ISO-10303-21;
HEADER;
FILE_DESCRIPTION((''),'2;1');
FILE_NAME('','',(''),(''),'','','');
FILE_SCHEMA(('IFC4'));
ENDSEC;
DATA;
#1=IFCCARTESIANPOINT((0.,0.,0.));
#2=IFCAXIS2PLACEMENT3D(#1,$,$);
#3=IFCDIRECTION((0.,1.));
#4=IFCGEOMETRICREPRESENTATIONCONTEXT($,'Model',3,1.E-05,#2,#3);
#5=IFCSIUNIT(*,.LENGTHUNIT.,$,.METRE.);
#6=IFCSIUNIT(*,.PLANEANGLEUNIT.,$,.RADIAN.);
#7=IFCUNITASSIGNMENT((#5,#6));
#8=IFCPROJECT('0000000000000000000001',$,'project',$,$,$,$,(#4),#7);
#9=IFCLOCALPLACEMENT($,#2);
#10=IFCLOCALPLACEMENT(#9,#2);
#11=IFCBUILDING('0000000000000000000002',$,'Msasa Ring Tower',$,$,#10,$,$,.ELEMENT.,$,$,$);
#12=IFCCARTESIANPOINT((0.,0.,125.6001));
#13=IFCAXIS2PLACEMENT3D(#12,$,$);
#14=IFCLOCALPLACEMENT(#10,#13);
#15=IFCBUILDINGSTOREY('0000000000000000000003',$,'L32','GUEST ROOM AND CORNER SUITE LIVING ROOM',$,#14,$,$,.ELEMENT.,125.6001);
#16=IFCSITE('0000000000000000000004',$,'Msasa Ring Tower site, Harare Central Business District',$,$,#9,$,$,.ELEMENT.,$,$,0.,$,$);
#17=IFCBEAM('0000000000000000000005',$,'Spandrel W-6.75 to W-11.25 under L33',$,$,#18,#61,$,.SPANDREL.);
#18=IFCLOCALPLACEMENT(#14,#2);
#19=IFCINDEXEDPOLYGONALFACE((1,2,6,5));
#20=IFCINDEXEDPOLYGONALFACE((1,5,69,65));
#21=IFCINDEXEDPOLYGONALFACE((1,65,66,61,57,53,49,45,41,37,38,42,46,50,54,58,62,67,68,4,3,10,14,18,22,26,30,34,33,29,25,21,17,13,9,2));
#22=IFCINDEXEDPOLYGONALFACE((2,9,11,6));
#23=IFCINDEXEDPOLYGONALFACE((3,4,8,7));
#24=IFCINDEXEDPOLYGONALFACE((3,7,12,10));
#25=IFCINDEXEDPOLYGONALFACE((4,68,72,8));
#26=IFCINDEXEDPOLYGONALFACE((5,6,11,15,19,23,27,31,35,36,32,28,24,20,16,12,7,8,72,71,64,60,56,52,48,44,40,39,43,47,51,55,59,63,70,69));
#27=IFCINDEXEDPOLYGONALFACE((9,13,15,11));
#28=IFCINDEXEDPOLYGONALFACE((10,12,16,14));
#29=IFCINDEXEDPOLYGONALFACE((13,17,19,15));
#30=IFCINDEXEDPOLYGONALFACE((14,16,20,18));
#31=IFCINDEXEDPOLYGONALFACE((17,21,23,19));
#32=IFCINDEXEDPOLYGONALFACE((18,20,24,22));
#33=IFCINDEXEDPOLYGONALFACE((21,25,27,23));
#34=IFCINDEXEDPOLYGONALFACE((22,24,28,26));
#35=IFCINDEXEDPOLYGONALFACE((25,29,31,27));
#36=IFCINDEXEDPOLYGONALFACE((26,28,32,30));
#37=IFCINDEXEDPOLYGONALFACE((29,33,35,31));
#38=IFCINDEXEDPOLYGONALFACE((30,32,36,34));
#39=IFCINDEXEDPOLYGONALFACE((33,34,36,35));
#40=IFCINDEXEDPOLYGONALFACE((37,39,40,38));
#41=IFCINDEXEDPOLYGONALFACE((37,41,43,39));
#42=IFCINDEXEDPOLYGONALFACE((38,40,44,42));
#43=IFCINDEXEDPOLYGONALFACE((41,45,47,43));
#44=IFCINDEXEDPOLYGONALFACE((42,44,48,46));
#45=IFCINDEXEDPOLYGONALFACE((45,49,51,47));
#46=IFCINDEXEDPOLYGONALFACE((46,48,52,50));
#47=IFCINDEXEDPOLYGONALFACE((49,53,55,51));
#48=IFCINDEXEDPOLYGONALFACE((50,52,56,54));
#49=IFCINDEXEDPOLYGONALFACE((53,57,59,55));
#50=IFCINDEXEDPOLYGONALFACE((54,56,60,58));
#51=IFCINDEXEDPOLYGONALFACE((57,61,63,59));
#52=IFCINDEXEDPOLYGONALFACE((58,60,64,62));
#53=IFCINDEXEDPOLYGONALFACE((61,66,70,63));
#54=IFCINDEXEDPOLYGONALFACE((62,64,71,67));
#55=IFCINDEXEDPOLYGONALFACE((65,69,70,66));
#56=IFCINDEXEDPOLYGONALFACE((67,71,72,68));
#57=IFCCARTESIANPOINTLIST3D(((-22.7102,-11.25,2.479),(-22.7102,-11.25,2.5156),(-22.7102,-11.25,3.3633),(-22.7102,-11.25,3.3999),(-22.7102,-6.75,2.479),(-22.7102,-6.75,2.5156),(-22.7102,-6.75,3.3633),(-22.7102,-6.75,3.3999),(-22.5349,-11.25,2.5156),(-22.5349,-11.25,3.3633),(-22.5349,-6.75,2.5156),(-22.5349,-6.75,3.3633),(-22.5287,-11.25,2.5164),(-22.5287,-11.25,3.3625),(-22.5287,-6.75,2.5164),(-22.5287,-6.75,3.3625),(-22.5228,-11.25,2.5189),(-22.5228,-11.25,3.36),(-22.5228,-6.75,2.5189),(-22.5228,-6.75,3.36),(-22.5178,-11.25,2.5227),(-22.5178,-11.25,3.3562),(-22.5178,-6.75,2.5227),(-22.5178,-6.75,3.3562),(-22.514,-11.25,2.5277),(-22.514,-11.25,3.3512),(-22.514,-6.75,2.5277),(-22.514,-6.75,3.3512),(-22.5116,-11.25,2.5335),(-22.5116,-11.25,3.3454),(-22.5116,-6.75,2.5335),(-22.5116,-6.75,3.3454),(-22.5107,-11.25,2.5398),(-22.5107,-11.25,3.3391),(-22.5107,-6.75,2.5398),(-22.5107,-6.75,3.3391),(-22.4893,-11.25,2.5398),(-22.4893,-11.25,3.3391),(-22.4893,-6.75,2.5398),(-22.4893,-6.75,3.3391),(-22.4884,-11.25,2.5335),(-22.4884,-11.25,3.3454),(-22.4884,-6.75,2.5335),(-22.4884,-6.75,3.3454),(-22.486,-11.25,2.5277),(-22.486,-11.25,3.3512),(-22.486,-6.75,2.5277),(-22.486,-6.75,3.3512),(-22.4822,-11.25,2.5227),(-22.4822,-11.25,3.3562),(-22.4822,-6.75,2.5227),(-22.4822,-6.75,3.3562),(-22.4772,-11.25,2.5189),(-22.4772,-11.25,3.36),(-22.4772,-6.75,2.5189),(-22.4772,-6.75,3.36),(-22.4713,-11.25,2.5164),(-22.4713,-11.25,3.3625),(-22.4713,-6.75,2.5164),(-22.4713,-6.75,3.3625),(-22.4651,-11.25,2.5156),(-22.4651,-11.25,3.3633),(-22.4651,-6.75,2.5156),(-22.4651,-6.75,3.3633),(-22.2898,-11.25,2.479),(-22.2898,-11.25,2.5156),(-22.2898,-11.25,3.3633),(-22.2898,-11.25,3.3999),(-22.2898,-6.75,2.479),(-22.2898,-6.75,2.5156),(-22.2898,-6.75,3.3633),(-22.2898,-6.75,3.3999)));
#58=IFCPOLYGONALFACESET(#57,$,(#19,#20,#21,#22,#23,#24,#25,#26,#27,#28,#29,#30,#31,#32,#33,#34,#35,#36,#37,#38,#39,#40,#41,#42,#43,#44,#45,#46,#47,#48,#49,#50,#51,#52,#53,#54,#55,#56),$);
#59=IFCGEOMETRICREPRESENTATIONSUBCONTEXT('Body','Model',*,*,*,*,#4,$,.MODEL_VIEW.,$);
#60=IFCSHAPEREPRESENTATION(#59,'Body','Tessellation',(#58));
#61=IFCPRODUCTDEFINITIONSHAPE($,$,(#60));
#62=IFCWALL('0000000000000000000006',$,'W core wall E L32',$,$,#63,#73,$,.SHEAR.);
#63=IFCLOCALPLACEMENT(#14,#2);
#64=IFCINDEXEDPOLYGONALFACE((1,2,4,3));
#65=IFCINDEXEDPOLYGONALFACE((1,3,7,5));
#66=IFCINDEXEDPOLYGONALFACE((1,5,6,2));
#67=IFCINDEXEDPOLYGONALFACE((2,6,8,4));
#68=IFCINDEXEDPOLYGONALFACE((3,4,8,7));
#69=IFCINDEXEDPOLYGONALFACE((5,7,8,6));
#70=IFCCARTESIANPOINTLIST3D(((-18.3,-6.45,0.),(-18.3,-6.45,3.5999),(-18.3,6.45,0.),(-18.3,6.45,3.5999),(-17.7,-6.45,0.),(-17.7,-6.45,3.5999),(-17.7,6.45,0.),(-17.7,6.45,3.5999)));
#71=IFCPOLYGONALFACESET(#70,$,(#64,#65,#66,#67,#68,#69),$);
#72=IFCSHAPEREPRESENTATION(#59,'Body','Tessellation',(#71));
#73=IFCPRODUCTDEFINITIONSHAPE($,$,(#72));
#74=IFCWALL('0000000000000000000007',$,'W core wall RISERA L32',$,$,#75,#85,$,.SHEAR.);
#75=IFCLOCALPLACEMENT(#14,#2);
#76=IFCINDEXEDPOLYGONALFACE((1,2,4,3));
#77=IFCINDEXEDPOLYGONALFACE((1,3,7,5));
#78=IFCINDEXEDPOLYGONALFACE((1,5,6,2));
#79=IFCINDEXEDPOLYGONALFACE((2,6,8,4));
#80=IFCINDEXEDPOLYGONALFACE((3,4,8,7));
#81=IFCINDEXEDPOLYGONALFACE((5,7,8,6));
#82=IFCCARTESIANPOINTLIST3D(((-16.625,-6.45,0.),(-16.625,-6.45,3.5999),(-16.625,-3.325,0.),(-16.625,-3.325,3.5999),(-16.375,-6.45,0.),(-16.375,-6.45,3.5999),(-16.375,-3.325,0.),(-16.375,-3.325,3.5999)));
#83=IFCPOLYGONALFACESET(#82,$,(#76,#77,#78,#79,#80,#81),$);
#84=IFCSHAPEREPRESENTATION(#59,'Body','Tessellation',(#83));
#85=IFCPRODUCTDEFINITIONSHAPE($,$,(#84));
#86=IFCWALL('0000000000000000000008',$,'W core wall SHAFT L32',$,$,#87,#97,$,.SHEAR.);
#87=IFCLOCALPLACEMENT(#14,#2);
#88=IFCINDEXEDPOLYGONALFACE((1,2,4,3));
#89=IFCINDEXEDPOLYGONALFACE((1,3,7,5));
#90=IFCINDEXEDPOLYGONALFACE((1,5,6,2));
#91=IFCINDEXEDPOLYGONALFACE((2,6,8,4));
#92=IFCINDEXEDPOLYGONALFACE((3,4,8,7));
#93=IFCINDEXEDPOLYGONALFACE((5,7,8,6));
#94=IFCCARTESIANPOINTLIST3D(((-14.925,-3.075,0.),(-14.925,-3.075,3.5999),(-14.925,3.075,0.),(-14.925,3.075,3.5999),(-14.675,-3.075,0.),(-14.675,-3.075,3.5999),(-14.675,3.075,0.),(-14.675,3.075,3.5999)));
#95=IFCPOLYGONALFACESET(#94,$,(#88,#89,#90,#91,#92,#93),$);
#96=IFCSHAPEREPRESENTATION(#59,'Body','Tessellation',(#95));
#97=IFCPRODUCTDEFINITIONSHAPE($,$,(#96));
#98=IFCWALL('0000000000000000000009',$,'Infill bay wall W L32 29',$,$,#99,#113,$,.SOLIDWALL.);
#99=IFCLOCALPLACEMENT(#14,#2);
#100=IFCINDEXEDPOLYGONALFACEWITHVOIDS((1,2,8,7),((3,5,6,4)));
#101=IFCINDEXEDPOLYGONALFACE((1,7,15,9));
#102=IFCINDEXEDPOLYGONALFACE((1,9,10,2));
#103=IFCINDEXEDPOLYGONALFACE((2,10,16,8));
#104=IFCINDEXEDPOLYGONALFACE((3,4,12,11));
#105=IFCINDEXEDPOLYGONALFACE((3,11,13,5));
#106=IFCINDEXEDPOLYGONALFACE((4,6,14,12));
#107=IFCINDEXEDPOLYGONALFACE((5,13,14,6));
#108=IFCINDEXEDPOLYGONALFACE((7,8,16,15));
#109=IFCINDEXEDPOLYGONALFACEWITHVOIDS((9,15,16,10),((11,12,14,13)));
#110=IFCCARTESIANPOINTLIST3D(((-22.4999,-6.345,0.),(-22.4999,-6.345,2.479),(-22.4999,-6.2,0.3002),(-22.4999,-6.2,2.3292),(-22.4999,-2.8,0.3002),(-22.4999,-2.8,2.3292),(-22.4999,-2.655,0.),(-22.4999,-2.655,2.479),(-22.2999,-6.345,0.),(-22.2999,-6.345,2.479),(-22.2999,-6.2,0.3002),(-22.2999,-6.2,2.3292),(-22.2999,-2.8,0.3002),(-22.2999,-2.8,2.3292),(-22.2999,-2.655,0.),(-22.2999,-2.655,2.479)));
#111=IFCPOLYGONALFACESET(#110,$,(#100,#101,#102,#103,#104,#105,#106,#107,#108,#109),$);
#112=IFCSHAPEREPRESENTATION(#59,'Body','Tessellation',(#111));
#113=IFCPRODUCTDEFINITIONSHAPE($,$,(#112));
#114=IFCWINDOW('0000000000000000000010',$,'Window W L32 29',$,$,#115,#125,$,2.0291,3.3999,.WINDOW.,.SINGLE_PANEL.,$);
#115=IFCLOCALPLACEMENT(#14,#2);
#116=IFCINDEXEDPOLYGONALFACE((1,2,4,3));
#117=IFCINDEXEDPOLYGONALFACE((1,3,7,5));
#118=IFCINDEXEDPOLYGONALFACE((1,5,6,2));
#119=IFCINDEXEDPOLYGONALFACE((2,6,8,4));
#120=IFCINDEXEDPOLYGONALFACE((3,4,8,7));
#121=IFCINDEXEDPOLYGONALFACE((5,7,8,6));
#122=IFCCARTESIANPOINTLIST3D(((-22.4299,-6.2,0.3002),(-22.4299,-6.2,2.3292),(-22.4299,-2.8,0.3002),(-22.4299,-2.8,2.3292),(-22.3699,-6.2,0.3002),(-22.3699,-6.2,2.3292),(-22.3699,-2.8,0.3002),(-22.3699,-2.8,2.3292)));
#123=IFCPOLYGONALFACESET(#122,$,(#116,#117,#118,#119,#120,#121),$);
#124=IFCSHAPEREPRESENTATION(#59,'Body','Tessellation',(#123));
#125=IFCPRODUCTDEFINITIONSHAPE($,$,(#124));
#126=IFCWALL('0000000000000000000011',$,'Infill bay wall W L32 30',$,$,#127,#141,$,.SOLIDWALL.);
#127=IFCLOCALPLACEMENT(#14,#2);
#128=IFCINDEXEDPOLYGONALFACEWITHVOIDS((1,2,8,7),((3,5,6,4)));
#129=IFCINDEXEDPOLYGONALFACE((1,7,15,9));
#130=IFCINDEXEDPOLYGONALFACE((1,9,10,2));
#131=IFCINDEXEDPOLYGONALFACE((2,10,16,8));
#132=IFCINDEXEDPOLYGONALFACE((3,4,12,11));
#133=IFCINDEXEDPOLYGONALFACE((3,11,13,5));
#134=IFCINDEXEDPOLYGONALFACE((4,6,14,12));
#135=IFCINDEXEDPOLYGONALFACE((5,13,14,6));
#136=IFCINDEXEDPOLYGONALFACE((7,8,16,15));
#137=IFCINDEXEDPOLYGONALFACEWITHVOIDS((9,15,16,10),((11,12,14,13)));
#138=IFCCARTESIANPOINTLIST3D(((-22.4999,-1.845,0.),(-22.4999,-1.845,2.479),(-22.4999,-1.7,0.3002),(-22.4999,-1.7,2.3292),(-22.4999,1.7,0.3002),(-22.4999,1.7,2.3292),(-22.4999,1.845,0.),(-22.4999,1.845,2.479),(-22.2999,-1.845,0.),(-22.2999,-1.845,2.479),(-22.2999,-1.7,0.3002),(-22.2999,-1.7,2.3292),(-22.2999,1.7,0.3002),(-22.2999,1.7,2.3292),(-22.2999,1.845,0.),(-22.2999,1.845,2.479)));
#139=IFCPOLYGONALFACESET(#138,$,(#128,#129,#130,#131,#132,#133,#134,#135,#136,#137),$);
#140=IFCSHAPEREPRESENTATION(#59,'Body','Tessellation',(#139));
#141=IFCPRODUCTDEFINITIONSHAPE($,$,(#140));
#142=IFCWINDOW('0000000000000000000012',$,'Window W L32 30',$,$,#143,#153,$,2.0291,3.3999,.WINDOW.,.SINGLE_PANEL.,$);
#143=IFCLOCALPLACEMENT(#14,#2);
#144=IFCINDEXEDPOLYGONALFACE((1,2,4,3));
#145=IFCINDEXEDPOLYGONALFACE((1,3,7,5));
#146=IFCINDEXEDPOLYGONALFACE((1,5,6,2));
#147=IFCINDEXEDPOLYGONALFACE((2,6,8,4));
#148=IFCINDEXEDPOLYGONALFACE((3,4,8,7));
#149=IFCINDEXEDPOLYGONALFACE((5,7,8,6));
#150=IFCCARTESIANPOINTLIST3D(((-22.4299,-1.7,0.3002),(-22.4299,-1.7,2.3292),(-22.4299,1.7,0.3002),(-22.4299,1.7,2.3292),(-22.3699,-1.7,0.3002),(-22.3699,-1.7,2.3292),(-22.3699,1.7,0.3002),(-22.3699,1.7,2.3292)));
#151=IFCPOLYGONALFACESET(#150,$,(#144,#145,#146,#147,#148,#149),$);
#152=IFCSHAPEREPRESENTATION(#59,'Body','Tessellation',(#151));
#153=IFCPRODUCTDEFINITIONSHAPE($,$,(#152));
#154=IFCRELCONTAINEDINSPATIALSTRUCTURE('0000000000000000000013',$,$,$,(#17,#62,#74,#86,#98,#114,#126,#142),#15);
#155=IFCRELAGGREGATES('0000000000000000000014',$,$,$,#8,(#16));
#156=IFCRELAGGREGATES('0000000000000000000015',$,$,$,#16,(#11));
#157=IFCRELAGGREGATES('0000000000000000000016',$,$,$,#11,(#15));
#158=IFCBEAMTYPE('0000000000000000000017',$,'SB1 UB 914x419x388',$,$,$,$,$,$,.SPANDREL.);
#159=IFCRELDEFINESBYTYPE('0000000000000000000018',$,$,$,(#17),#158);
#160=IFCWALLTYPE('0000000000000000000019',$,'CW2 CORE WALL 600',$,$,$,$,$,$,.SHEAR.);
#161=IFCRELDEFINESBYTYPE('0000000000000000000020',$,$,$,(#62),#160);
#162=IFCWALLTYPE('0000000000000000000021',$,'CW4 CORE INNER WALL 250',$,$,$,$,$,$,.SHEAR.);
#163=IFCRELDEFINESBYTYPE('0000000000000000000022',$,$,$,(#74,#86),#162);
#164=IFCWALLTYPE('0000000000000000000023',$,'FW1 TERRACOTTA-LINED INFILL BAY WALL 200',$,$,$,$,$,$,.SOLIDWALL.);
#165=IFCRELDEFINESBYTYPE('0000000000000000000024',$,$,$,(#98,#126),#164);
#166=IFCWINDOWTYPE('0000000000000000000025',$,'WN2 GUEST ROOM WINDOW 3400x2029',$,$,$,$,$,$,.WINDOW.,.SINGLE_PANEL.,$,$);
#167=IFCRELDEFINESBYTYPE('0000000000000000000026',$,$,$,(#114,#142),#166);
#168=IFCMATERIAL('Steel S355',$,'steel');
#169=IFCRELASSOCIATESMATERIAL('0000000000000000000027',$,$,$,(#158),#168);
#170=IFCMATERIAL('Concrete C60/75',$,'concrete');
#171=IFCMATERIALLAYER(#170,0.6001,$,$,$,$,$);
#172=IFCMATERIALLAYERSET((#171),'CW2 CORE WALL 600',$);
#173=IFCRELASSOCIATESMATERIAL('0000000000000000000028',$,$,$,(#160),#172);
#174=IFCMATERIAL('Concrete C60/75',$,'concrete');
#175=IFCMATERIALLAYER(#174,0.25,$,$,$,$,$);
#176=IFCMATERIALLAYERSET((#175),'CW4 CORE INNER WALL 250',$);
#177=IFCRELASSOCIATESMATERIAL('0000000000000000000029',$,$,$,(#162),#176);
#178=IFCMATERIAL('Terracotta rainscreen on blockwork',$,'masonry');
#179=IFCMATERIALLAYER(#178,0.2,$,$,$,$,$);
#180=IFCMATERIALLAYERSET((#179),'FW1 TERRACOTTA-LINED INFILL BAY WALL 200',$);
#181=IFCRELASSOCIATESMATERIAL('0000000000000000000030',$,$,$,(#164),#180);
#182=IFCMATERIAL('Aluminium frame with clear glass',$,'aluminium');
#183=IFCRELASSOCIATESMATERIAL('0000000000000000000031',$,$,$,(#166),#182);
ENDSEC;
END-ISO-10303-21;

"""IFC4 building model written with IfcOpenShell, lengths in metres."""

from ifc_helpers import new_model, si_unit, direction, frame, frame_2d, origin, origin_2d, place, context, subcontext, project, spatial, rectangle, i_section, extrude, material, layer, layer_set, material_profile, profile_set, type_object, element, fill, save


model = new_model("IFC4")

# Units and contexts
model_context = context("Model", 3, precision=1e-05, world=origin(), true_north=direction((0.0, 1.0)))
body_context = subcontext(model_context, "Body", "Model", "MODEL_VIEW")
ifc_project = project(units=[si_unit("LENGTHUNIT", "METRE"), si_unit("PLANEANGLEUNIT", "RADIAN")], contexts=[model_context])

# Site, building, storey
site_placement = place(None, origin())
site = spatial("IfcSite", under=ifc_project, at=site_placement, Name="Msasa Ring Tower site, Harare Central Business District", CompositionType="ELEMENT", RefElevation=0.0)
building_placement = place(site_placement, origin())
building = spatial("IfcBuilding", under=site, at=building_placement, Name="Msasa Ring Tower", CompositionType="ELEMENT")
storey_placement = place(building_placement, frame((0.0, 0.0, 125.6001)))
storey = spatial("IfcBuildingStorey", under=building, at=storey_placement, Name="L32", Description="GUEST ROOM AND CORNER SUITE LIVING ROOM", CompositionType="ELEMENT", Elevation=125.6001)

# Beam
ifc_material_1 = material(Name="Steel S355", Category="steel")
ifc_material_profile_1 = material_profile(ifc_material_1, i_section(OverallWidth=0.4204, OverallDepth=0.9209, WebThickness=0.0215, FlangeThickness=0.0366, FilletRadius=0.0242, at=origin_2d()), Name="UB 914x419x388")
ifc_profile_set_1 = profile_set([ifc_material_profile_1], Name="Steel S355")
beam_type_1 = type_object("IfcBeamType", Name="SB1 UB 914x419x388", PredefinedType="SPANDREL", material=ifc_profile_set_1)
for number, where, z_axis, x_axis, name in (
    (1, (-22.5, -6.75, 2.9395), (0.0, -1.0, 0.0), (1.0, 0.0, 0.0), "Spandrel W-6.75 to W-11.25 under L33"),
):
    element("IfcBeam", number, at=place(storey_placement, frame(where, z_axis=z_axis, x_axis=x_axis)), inside=storey, type_object=beam_type_1, Name=name, PredefinedType="SPANDREL", context=body_context, shape_type="SweptSolid", body=[
        extrude(i_section(OverallWidth=0.4204, OverallDepth=0.9209, WebThickness=0.0215, FlangeThickness=0.0366, FilletRadius=0.0242, at=origin_2d()), origin(), (0.0, 0.0, 1.0), 4.5),
    ])

# Walls
ifc_material_2 = material(Name="Concrete C60/75", Category="concrete")
ifc_layer_1 = layer(ifc_material_2, 0.6001)
ifc_layer_set_1 = layer_set([ifc_layer_1], Name="CW2 CORE WALL 600")
wall_type_1 = type_object("IfcWallType", Name="CW2 CORE WALL 600", PredefinedType="SHEAR", material=ifc_layer_set_1)
wall_1_placement = place(storey_placement, frame((-18.0, -6.45, 0.0), z_axis=(0.0, 0.0, 1.0), x_axis=(0.0, 1.0, 0.0)))
element("IfcWall", 2, at=wall_1_placement, inside=storey, type_object=wall_type_1, Name="W core wall E L32", PredefinedType="SHEAR", context=body_context, shape_type="SweptSolid", body=[
    extrude(rectangle(XDim=12.8999, YDim=0.6001, at=frame_2d((6.45, 0.0))), origin(), (0.0, 0.0, 1.0), 3.5999),
])
ifc_material_3 = material(Name="Concrete C60/75", Category="concrete")
ifc_layer_2 = layer(ifc_material_3, 0.25)
ifc_layer_set_2 = layer_set([ifc_layer_2], Name="CW4 CORE INNER WALL 250")
wall_type_2 = type_object("IfcWallType", Name="CW4 CORE INNER WALL 250", PredefinedType="SHEAR", material=ifc_layer_set_2)
wall_2_placement = place(storey_placement, frame((-16.5, -6.45, 0.0), z_axis=(0.0, 0.0, 1.0), x_axis=(0.0, 1.0, 0.0)))
element("IfcWall", 3, at=wall_2_placement, inside=storey, type_object=wall_type_2, Name="W core wall RISERA L32", PredefinedType="SHEAR", context=body_context, shape_type="SweptSolid", body=[
    extrude(rectangle(XDim=3.125, YDim=0.25, at=frame_2d((1.5625, 0.0))), origin(), (0.0, 0.0, 1.0), 3.5999),
])
wall_3_placement = place(storey_placement, frame((-14.8, -3.075, 0.0), z_axis=(0.0, 0.0, 1.0), x_axis=(0.0, 1.0, 0.0)))
element("IfcWall", 4, at=wall_3_placement, inside=storey, type_object=wall_type_2, Name="W core wall SHAFT L32", PredefinedType="SHEAR", context=body_context, shape_type="SweptSolid", body=[
    extrude(rectangle(XDim=6.1499, YDim=0.25, at=frame_2d((3.075, 0.0))), origin(), (0.0, 0.0, 1.0), 3.5999),
])

# Walls, openings, windows
ifc_material_4 = material(Name="Terracotta rainscreen on blockwork", Category="masonry")
ifc_layer_3 = layer(ifc_material_4, 0.2)
ifc_layer_set_3 = layer_set([ifc_layer_3], Name="FW1 TERRACOTTA-LINED INFILL BAY WALL 200")
wall_type_3 = type_object("IfcWallType", Name="FW1 TERRACOTTA-LINED INFILL BAY WALL 200", PredefinedType="SOLIDWALL", material=ifc_layer_set_3)
wall_4_placement = place(storey_placement, frame((-22.3999, -6.345, 0.0), z_axis=(0.0, 0.0, 1.0), x_axis=(0.0, 1.0, 0.0)))
wall_4 = element("IfcWall", 5, at=wall_4_placement, inside=storey, type_object=wall_type_3, Name="Infill bay wall W L32 29", PredefinedType="SOLIDWALL", context=body_context, shape_type="SweptSolid", body=[
    extrude(rectangle(XDim=3.6899, YDim=0.2, at=frame_2d((1.845, 0.0))), origin(), (0.0, 0.0, 1.0), 2.479),
])
opening_1_placement = place(wall_4_placement, frame((0.145, 0.0, 0.3)))
opening_1 = element("IfcOpeningElement", 6, at=opening_1_placement, cuts=wall_4, PredefinedType="OPENING", context=body_context, shape_type="SweptSolid", body=[
    extrude(rectangle(XDim=3.3999, YDim=2.0291, at=frame_2d((1.7, 1.0146))), frame((0.0, 0.1099, 0.0), z_axis=(0.0, -1.0, 0.0), x_axis=(1.0, 0.0, 0.0)), (0.0, 0.0, 1.0), 0.22),
])
ifc_material_5 = material(Name="Aluminium frame with clear glass", Category="aluminium")
window_type = type_object("IfcWindowType", Name="WN2 GUEST ROOM WINDOW 3400x2029", PartitioningType="SINGLE_PANEL", PredefinedType="WINDOW", material=ifc_material_5)
window_1_placement = place(opening_1_placement, origin())
window_1 = element("IfcWindow", 7, at=window_1_placement, inside=storey, type_object=window_type, Name="Window W L32 29", OverallHeight=2.0291, OverallWidth=3.3999, PartitioningType="SINGLE_PANEL", PredefinedType="WINDOW", context=body_context, shape_type="SweptSolid", body=[
    extrude(rectangle(XDim=3.3999, YDim=2.0291, at=frame_2d((1.7, 1.0146))), frame((0.0, 0.03, 0.0), z_axis=(0.0, -1.0, 0.0), x_axis=(1.0, 0.0, 0.0)), (0.0, 0.0, 1.0), 0.0601),
])
fill(opening_1, window_1)
wall_5_placement = place(storey_placement, frame((-22.3999, -1.845, 0.0), z_axis=(0.0, 0.0, 1.0), x_axis=(0.0, 1.0, 0.0)))
wall_5 = element("IfcWall", 8, at=wall_5_placement, inside=storey, type_object=wall_type_3, Name="Infill bay wall W L32 30", PredefinedType="SOLIDWALL", context=body_context, shape_type="SweptSolid", body=[
    extrude(rectangle(XDim=3.6899, YDim=0.2, at=frame_2d((1.845, 0.0))), origin(), (0.0, 0.0, 1.0), 2.479),
])
opening_2_placement = place(wall_5_placement, frame((0.145, 0.0, 0.3)))
opening_2 = element("IfcOpeningElement", 9, at=opening_2_placement, cuts=wall_5, PredefinedType="OPENING", context=body_context, shape_type="SweptSolid", body=[
    extrude(rectangle(XDim=3.3999, YDim=2.0291, at=frame_2d((1.7, 1.0146))), frame((0.0, 0.1099, 0.0), z_axis=(0.0, -1.0, 0.0), x_axis=(1.0, 0.0, 0.0)), (0.0, 0.0, 1.0), 0.22),
])
window_2_placement = place(opening_2_placement, origin())
window_2 = element("IfcWindow", 10, at=window_2_placement, inside=storey, type_object=window_type, Name="Window W L32 30", OverallHeight=2.0291, OverallWidth=3.3999, PartitioningType="SINGLE_PANEL", PredefinedType="WINDOW", context=body_context, shape_type="SweptSolid", body=[
    extrude(rectangle(XDim=3.3999, YDim=2.0291, at=frame_2d((1.7, 1.0146))), frame((0.0, 0.03, 0.0), z_axis=(0.0, -1.0, 0.0), x_axis=(1.0, 0.0, 0.0)), (0.0, 0.0, 1.0), 0.0601),
])
fill(opening_2, window_2)

save(model, "model.ifc")
